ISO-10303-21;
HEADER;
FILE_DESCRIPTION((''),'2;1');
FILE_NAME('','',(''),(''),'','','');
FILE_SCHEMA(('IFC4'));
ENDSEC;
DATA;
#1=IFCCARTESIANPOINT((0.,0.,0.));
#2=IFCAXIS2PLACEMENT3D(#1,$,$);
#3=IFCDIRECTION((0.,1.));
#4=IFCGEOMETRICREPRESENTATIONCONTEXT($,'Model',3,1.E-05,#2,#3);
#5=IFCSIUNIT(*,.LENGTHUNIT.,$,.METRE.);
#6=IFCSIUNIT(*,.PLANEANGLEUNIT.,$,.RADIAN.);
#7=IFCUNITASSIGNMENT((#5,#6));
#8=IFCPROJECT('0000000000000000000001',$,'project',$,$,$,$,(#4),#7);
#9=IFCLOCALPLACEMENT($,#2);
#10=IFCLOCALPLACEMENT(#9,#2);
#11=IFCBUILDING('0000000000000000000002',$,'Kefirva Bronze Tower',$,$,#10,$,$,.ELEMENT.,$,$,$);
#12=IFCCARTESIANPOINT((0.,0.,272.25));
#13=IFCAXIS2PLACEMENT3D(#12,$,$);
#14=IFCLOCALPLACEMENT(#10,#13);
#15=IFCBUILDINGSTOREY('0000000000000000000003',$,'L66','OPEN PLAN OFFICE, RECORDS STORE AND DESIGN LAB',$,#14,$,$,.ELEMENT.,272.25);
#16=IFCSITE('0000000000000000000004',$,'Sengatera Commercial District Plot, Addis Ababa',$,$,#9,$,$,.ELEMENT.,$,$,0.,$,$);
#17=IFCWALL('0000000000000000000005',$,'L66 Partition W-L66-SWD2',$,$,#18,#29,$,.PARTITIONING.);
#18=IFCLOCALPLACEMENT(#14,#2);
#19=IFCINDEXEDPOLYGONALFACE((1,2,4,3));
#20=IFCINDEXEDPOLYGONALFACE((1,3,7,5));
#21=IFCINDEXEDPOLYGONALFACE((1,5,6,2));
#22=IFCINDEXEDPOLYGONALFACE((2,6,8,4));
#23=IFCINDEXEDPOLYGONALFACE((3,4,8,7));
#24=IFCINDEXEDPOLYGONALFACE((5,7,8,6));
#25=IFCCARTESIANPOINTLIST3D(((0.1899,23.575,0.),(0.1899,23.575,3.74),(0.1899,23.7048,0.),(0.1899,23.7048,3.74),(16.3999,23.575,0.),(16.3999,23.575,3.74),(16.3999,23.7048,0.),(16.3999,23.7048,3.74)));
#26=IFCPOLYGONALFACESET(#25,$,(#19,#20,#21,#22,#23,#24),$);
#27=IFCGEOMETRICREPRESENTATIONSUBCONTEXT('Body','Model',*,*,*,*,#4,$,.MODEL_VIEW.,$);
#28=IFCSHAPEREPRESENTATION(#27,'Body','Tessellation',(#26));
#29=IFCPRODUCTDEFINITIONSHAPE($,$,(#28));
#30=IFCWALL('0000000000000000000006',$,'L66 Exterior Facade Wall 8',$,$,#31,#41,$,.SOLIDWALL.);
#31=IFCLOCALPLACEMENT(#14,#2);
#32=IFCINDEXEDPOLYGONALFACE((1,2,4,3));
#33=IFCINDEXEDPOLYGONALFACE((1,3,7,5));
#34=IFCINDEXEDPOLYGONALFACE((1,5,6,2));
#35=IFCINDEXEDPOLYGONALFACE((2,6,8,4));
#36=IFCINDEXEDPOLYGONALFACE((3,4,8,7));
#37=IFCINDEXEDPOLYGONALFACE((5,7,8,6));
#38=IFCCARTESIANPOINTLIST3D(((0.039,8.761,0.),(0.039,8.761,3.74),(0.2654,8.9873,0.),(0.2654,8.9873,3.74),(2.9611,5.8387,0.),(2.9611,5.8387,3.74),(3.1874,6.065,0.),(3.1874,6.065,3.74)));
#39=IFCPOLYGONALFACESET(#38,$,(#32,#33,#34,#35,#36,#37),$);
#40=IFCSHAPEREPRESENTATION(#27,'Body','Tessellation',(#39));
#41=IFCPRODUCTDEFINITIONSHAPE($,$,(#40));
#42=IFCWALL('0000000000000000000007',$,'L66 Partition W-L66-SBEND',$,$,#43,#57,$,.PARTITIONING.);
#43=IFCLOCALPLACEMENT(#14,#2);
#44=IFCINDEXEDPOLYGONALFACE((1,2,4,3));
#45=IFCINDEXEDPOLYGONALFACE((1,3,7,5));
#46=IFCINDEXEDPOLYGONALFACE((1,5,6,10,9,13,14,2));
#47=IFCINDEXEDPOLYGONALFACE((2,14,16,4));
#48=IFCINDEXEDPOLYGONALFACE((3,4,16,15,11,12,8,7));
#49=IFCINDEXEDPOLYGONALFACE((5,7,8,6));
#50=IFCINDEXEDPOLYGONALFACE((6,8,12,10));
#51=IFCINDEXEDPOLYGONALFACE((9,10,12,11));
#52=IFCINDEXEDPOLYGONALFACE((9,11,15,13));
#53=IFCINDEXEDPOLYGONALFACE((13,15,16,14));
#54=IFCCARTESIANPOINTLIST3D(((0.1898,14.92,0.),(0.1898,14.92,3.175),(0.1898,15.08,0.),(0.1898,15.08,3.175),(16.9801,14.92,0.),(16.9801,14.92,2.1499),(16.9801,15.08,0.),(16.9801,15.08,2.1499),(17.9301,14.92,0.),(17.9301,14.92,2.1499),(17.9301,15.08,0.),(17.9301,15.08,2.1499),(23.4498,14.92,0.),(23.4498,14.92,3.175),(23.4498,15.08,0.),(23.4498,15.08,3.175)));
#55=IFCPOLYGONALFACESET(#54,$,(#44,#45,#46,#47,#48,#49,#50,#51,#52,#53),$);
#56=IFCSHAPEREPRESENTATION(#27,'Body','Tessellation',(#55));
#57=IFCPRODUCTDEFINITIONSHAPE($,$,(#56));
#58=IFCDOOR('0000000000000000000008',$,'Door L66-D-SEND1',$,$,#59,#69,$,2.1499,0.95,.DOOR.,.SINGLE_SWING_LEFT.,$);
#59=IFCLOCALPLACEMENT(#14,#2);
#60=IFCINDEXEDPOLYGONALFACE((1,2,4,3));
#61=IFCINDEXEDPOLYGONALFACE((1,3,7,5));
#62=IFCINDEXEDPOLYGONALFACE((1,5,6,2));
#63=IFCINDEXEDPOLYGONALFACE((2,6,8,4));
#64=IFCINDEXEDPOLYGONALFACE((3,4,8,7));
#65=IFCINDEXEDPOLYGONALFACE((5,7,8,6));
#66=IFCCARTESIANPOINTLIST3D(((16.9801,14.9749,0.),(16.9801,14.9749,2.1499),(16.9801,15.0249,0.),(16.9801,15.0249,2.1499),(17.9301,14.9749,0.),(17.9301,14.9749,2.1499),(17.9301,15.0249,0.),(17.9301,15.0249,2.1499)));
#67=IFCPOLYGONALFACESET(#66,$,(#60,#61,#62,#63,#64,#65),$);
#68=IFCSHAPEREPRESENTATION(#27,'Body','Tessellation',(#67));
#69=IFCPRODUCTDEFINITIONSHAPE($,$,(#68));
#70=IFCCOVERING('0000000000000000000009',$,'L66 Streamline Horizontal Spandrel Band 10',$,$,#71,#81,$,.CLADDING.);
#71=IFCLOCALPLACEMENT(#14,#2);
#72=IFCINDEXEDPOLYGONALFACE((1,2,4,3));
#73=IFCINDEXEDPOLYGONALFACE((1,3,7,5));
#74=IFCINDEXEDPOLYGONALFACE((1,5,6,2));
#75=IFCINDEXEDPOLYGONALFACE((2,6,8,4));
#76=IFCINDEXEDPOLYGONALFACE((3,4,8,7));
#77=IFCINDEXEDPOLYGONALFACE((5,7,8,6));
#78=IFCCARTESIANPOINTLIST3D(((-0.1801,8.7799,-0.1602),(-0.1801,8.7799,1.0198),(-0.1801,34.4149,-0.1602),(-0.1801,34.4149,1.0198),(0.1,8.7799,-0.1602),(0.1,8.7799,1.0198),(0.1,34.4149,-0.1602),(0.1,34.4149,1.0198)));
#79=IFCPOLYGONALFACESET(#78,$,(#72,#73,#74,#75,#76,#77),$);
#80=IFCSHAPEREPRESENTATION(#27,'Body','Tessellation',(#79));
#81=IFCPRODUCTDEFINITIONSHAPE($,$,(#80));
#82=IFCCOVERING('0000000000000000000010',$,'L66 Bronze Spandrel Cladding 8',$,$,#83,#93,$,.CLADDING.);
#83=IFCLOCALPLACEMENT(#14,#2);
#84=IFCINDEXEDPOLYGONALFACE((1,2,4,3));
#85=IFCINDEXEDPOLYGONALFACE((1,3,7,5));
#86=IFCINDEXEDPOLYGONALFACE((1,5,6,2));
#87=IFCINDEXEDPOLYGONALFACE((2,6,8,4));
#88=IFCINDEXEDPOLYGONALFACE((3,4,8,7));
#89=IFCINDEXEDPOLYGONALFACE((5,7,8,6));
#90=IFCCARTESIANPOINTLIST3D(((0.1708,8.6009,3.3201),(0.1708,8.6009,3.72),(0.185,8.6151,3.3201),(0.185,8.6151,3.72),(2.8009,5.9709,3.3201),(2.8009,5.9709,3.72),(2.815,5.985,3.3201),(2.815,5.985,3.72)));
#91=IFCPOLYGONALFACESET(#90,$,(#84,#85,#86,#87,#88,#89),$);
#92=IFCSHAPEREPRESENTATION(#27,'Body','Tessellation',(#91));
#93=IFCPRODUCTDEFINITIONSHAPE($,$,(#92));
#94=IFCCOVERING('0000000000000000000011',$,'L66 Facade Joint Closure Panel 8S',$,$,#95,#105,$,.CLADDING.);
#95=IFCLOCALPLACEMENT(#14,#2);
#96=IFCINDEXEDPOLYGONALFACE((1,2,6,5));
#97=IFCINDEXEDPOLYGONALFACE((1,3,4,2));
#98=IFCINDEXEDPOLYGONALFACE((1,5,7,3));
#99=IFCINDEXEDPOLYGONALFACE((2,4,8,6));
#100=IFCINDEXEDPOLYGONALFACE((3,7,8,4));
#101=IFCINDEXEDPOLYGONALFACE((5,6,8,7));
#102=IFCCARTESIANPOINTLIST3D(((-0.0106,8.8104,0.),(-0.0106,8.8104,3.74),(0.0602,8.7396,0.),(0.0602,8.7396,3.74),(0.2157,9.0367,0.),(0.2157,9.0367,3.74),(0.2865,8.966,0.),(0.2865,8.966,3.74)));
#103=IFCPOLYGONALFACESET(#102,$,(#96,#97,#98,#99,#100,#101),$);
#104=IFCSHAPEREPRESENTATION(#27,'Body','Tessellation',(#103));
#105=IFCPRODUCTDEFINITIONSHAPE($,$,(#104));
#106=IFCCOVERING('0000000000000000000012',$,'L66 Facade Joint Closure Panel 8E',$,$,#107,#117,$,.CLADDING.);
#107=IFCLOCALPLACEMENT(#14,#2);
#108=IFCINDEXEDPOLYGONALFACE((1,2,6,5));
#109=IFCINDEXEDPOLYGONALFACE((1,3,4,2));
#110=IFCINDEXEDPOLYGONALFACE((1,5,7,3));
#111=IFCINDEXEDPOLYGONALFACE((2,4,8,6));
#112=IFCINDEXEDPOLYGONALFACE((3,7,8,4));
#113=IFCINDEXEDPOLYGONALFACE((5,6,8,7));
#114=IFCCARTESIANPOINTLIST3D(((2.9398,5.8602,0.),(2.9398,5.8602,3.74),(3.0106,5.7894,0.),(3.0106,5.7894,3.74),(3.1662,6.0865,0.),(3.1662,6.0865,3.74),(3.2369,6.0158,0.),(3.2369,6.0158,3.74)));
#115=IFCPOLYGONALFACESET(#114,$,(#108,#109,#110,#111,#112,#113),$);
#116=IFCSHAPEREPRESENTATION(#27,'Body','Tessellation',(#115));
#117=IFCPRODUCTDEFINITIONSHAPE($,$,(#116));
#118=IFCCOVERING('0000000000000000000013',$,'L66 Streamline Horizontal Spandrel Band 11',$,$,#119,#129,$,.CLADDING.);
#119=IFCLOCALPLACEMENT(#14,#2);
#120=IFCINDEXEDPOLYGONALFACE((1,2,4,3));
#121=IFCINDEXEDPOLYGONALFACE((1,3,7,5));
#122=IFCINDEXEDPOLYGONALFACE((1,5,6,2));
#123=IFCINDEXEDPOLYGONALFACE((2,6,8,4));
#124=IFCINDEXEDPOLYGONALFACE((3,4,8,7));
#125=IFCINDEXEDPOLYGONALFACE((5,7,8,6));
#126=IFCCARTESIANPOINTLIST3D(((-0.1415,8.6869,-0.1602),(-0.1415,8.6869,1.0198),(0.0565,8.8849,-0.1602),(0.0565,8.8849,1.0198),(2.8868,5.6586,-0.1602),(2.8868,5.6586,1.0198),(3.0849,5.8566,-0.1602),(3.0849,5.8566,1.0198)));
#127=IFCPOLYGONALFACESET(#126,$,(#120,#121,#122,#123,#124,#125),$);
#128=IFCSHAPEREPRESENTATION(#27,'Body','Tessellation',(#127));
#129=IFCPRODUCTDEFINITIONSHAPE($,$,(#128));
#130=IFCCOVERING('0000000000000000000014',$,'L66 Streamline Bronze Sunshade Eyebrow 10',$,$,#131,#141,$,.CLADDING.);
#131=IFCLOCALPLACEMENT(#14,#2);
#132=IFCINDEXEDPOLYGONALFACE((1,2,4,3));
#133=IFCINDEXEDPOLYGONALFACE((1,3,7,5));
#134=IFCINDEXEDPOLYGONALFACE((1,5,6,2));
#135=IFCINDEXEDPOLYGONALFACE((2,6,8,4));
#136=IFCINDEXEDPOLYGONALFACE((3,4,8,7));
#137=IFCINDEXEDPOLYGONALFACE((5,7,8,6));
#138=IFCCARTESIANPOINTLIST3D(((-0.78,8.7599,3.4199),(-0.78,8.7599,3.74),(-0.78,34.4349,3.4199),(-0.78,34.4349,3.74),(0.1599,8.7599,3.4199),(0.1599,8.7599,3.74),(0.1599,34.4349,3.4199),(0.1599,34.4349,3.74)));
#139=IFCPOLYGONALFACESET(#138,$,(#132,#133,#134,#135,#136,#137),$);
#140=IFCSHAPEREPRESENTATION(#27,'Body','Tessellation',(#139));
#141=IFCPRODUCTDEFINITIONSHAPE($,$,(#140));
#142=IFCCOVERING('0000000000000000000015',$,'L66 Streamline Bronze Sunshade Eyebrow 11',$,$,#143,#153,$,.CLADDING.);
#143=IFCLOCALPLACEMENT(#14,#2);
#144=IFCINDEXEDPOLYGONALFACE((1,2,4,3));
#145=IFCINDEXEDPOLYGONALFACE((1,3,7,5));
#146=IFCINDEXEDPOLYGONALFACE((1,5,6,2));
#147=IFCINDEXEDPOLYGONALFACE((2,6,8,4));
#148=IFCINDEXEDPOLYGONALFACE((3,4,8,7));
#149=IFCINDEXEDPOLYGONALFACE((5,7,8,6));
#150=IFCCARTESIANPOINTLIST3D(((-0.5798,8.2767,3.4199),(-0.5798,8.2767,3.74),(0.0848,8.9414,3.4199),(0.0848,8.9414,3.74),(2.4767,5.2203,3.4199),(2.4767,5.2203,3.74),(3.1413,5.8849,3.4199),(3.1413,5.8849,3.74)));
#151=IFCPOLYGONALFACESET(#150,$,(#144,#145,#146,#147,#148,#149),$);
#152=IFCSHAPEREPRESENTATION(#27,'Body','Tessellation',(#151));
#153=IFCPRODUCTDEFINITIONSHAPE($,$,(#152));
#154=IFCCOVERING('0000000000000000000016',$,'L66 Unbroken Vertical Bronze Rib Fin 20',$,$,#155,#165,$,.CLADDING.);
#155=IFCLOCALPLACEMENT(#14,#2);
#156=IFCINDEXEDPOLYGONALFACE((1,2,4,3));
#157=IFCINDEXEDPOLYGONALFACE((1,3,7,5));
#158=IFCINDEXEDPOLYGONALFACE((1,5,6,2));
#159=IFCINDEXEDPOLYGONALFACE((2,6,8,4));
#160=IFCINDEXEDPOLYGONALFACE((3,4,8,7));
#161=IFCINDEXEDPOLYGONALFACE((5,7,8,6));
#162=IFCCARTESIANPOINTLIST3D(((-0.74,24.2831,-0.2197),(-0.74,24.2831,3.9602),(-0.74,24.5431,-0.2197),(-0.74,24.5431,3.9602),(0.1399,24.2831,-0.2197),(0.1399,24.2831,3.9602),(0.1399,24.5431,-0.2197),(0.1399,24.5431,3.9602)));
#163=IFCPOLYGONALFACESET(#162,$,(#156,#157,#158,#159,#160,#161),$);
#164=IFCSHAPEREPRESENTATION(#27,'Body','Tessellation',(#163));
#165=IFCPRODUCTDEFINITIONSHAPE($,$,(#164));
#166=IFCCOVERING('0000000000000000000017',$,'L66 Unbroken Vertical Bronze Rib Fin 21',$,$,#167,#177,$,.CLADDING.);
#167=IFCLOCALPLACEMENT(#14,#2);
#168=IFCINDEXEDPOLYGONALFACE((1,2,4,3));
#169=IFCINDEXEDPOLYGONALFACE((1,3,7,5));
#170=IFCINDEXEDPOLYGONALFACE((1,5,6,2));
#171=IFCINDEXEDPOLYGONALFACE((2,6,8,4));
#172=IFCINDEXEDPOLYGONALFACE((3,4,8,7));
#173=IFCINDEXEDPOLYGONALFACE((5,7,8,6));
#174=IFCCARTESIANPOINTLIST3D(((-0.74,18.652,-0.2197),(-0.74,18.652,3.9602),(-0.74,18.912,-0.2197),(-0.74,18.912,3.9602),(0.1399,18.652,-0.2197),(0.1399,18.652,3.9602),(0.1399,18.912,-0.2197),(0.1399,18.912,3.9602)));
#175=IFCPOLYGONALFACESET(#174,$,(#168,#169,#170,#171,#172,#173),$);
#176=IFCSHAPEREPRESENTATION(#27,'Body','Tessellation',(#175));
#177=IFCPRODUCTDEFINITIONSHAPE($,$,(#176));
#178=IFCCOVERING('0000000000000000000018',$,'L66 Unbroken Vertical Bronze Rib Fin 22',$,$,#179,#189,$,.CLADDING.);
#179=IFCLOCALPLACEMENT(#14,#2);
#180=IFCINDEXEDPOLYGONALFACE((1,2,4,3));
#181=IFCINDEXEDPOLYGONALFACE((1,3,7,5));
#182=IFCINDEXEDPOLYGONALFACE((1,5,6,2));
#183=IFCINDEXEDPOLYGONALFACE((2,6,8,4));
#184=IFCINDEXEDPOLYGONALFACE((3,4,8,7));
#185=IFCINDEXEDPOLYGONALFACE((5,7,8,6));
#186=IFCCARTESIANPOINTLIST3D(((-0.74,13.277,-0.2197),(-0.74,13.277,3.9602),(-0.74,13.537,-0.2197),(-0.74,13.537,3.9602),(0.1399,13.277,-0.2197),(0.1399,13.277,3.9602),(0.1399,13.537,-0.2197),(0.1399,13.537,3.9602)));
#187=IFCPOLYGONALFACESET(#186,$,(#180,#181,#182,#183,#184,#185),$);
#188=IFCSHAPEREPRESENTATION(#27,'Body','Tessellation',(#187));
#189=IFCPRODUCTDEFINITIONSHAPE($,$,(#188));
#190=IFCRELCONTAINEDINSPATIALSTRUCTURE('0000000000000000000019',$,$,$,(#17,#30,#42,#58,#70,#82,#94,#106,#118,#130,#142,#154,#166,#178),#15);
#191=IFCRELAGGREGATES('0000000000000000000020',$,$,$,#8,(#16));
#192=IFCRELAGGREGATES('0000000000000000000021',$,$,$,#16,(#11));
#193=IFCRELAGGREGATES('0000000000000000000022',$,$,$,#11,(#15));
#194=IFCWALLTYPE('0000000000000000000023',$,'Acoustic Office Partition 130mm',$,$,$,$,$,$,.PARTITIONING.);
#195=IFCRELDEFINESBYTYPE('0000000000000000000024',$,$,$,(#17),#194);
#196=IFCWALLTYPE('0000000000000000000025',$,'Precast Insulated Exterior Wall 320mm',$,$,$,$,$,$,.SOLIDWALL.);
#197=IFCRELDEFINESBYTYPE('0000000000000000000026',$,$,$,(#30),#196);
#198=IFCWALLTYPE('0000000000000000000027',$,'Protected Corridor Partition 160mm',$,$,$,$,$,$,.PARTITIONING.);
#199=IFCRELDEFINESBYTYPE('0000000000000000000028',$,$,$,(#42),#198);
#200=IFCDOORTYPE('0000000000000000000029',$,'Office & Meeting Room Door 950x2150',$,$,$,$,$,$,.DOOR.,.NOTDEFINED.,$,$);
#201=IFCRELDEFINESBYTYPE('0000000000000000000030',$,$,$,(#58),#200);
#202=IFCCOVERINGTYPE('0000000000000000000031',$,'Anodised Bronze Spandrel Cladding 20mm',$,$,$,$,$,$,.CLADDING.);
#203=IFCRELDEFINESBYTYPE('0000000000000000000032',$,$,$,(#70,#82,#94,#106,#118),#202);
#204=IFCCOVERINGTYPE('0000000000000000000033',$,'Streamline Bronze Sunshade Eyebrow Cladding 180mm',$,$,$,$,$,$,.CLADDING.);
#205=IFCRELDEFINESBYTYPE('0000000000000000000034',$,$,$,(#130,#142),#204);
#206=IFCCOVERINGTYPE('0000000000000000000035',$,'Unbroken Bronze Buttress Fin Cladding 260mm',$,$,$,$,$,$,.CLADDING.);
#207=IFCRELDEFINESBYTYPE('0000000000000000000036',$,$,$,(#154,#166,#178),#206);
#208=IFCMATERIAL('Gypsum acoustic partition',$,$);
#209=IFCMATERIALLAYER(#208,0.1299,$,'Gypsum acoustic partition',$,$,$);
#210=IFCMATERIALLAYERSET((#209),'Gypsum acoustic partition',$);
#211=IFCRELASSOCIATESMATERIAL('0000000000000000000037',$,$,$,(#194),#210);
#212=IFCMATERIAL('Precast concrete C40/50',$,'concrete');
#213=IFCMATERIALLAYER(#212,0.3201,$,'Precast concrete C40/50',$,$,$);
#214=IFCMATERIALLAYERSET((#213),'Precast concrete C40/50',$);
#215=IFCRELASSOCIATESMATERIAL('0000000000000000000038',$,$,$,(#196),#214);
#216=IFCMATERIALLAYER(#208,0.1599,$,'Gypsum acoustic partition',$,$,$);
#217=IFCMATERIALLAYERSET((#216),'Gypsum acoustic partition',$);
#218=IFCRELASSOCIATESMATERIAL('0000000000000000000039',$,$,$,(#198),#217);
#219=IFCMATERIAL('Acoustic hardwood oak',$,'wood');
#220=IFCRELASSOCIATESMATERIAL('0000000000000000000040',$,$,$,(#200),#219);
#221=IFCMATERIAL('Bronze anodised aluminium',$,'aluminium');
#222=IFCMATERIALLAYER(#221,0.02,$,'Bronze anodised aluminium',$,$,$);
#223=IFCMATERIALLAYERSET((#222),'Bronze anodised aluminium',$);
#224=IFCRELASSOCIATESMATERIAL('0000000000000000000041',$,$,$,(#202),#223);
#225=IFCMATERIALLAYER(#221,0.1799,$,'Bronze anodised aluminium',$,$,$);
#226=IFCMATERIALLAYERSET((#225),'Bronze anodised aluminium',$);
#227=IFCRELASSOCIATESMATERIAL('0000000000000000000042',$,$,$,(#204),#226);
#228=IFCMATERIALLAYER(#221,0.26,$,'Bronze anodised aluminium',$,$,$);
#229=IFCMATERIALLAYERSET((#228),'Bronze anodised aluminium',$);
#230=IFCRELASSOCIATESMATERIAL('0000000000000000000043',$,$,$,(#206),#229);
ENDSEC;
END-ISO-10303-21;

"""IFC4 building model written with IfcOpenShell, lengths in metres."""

from ifc_helpers import new_model, si_unit, direction, frame, frame_2d, origin, origin_2d, place, context, subcontext, project, spatial, rectangle, extrude, material, layer, layer_set, type_object, element, fill, save


model = new_model("IFC4")

# Units and contexts
model_context = context("Model", 3, precision=1e-05, world=origin(), true_north=direction((0.0, 1.0)))
body_context = subcontext(model_context, "Body", "Model", "MODEL_VIEW")
ifc_project = project(units=[si_unit("LENGTHUNIT", "METRE"), si_unit("PLANEANGLEUNIT", "RADIAN")], contexts=[model_context])

# Site, building, storey
site_placement = place(None, origin())
site = spatial("IfcSite", under=ifc_project, at=site_placement, Name="Sengatera Commercial District Plot, Addis Ababa", CompositionType="ELEMENT", RefElevation=0.0)
building_placement = place(site_placement, origin())
building = spatial("IfcBuilding", under=site, at=building_placement, Name="Kefirva Bronze Tower", CompositionType="ELEMENT")
storey_placement = place(building_placement, frame((0.0, 0.0, 272.25)))
storey = spatial("IfcBuildingStorey", under=building, at=storey_placement, Name="L66", Description="OPEN PLAN OFFICE, RECORDS STORE AND DESIGN LAB", CompositionType="ELEMENT", Elevation=272.25)

# Shared definitions
ifc_material_1 = material(Name="Bronze anodised aluminium", Category="aluminium")

# Walls
ifc_material_2 = material(Name="Gypsum acoustic partition")
ifc_layer_1 = layer(ifc_material_2, 0.1299, Name="Gypsum acoustic partition")
ifc_layer_set_1 = layer_set([ifc_layer_1], Name="Gypsum acoustic partition")
wall_type_1 = type_object("IfcWallType", Name="Acoustic Office Partition 130mm", PredefinedType="PARTITIONING", material=ifc_layer_set_1)
for number, where, z_axis, x_axis, name in (
    (1, (0.1899, 23.6399, 0.0), (0.0, 0.0, 1.0), (1.0, 0.0, 0.0), "L66 Partition W-L66-SWD2"),
):
    element("IfcWall", number, at=place(storey_placement, frame(where, z_axis=z_axis, x_axis=x_axis)), inside=storey, type_object=wall_type_1, Name=name, PredefinedType="PARTITIONING", context=body_context, shape_type="SweptSolid", body=[
        extrude(rectangle(XDim=16.21, YDim=0.1299, at=frame_2d((8.105, 0.0))), origin(), (0.0, 0.0, 1.0), 3.74),
    ])
ifc_material_3 = material(Name="Precast concrete C40/50", Category="concrete")
ifc_layer_2 = layer(ifc_material_3, 0.3201, Name="Precast concrete C40/50")
ifc_layer_set_2 = layer_set([ifc_layer_2], Name="Precast concrete C40/50")
wall_type_2 = type_object("IfcWallType", Name="Precast Insulated Exterior Wall 320mm", PredefinedType="SOLIDWALL", material=ifc_layer_set_2)
wall_1_placement = place(storey_placement, frame((0.1521, 8.8743, 0.0), z_axis=(0.0, 0.0, 1.0), x_axis=(0.707077, -0.707136, 0.0)))
element("IfcWall", 2, at=wall_1_placement, inside=storey, type_object=wall_type_2, Name="L66 Exterior Facade Wall 8", PredefinedType="SOLIDWALL", context=body_context, shape_type="SweptSolid", body=[
    extrude(rectangle(XDim=4.1326, YDim=0.3201, at=frame_2d((2.0664, 0.0))), origin(), (0.0, 0.0, 1.0), 3.74),
])

# Wall, opening, door
ifc_layer_3 = layer(ifc_material_2, 0.1599, Name="Gypsum acoustic partition")
ifc_layer_set_3 = layer_set([ifc_layer_3], Name="Gypsum acoustic partition")
wall_type_3 = type_object("IfcWallType", Name="Protected Corridor Partition 160mm", PredefinedType="PARTITIONING", material=ifc_layer_set_3)
wall_2_placement = place(storey_placement, frame((0.1899, 15.0, 0.0), z_axis=(0.0, 0.0, 1.0), x_axis=(1.0, 0.0, 0.0)))
wall_2 = element("IfcWall", 3, at=wall_2_placement, inside=storey, type_object=wall_type_3, Name="L66 Partition W-L66-SBEND", PredefinedType="PARTITIONING", context=body_context, shape_type="SweptSolid", body=[
    extrude(rectangle(XDim=23.26, YDim=0.1599, at=frame_2d((11.6299, 0.0))), origin(), (0.0, 0.0, 1.0), 3.175),
])
opening_placement = place(wall_2_placement, frame((16.79, 0.0, 0.0)))
opening = element("IfcOpeningElement", 4, at=opening_placement, cuts=wall_2, PredefinedType="OPENING", context=body_context, shape_type="SweptSolid", body=[
    extrude(rectangle(XDim=0.95, YDim=2.1499, at=frame_2d((0.4751, 1.075))), frame((0.0, 0.0898, 0.0), z_axis=(0.0, -1.0, 0.0), x_axis=(1.0, 0.0, 0.0)), (0.0, 0.0, 1.0), 0.1799),
])
ifc_material_4 = material(Name="Acoustic hardwood oak", Category="wood")
door_type = type_object("IfcDoorType", Name="Office & Meeting Room Door 950x2150", OperationType="NOTDEFINED", PredefinedType="DOOR", material=ifc_material_4)
door_placement = place(opening_placement, origin())
door = element("IfcDoor", 5, at=door_placement, inside=storey, type_object=door_type, Name="Door L66-D-SEND1", OperationType="SINGLE_SWING_LEFT", OverallHeight=2.1499, OverallWidth=0.95, PredefinedType="DOOR", context=body_context, shape_type="SweptSolid", body=[
    extrude(rectangle(XDim=0.95, YDim=2.1499, at=frame_2d((0.4751, 1.075))), frame((0.0, 0.0249, 0.0), z_axis=(0.0, -1.0, 0.0), x_axis=(1.0, 0.0, 0.0)), (0.0, 0.0, 1.0), 0.05),
])
fill(opening, door)

# Coverings
ifc_layer_4 = layer(ifc_material_1, 0.02, Name="Bronze anodised aluminium")
ifc_layer_set_4 = layer_set([ifc_layer_4], Name="Bronze anodised aluminium")
covering_type_1 = type_object("IfcCoveringType", Name="Anodised Bronze Spandrel Cladding 20mm", PredefinedType="CLADDING", material=ifc_layer_set_4)
covering_1_placement = place(storey_placement, frame((-0.04, 21.5974, -0.1602), z_axis=(0.0, 0.0, 1.0), x_axis=(0.0, -1.0, 0.0)))
element("IfcCovering", 6, at=covering_1_placement, inside=storey, type_object=covering_type_1, Name="L66 Streamline Horizontal Spandrel Band 10", PredefinedType="CLADDING", context=body_context, shape_type="SweptSolid", body=[
    extrude(rectangle(XDim=25.635, YDim=0.28, at=origin_2d()), origin(), (0.0, 0.0, 1.0), 1.1799),
])
covering_2_placement = place(storey_placement, frame((1.4929, 7.293, 3.3201), z_axis=(0.0, 0.0, 1.0), x_axis=(0.707107, -0.707107, 0.0)))
element("IfcCovering", 7, at=covering_2_placement, inside=storey, type_object=covering_type_1, Name="L66 Bronze Spandrel Cladding 8", PredefinedType="CLADDING", context=body_context, shape_type="SweptSolid", body=[
    extrude(rectangle(XDim=3.7195, YDim=0.02, at=origin_2d()), origin(), (0.0, 0.0, 1.0), 0.3999),
])
for number, where, z_axis, x_axis, name in (
    (8, (0.1379, 8.8882, 0.0), (0.0, 0.0, 1.0), (0.707107, -0.707107, 0.0), "L66 Facade Joint Closure Panel 8S"),
    (9, (3.0884, 5.938, 0.0), (0.0, 0.0, 1.0), (0.707107, -0.707107, 0.0), "L66 Facade Joint Closure Panel 8E"),
):
    element("IfcCovering", number, at=place(storey_placement, frame(where, z_axis=z_axis, x_axis=x_axis)), inside=storey, type_object=covering_type_1, Name=name, PredefinedType="CLADDING", context=body_context, shape_type="SweptSolid", body=[
        extrude(rectangle(XDim=0.1001, YDim=0.3201, at=origin_2d()), origin(), (0.0, 0.0, 1.0), 3.74),
    ])
covering_3_placement = place(storey_placement, frame((1.4717, 7.2717, -0.1602), z_axis=(0.0, 0.0, 1.0), x_axis=(0.707107, -0.707107, 0.0)))
element("IfcCovering", 10, at=covering_3_placement, inside=storey, type_object=covering_type_1, Name="L66 Streamline Horizontal Spandrel Band 11", PredefinedType="CLADDING", context=body_context, shape_type="SweptSolid", body=[
    extrude(rectangle(XDim=4.2827, YDim=0.28, at=origin_2d()), origin(), (0.0, 0.0, 1.0), 1.1799),
])
ifc_layer_5 = layer(ifc_material_1, 0.1799, Name="Bronze anodised aluminium")
ifc_layer_set_5 = layer_set([ifc_layer_5], Name="Bronze anodised aluminium")
covering_type_2 = type_object("IfcCoveringType", Name="Streamline Bronze Sunshade Eyebrow Cladding 180mm", PredefinedType="CLADDING", material=ifc_layer_set_5)
covering_4_placement = place(storey_placement, frame((-0.3101, 21.5974, 3.4199), z_axis=(0.0, 0.0, 1.0), x_axis=(0.0, -1.0, 0.0)))
element("IfcCovering", 11, at=covering_4_placement, inside=storey, type_object=covering_type_2, Name="L66 Streamline Bronze Sunshade Eyebrow 10", PredefinedType="CLADDING", context=body_context, shape_type="SweptSolid", body=[
    extrude(rectangle(XDim=25.675, YDim=0.9399, at=origin_2d()), origin(), (0.0, 0.0, 1.0), 0.3201),
])
covering_5_placement = place(storey_placement, frame((1.2808, 7.0808, 3.4199), z_axis=(0.0, 0.0, 1.0), x_axis=(0.707107, -0.707107, 0.0)))
element("IfcCovering", 12, at=covering_5_placement, inside=storey, type_object=covering_type_2, Name="L66 Streamline Bronze Sunshade Eyebrow 11", PredefinedType="CLADDING", context=body_context, shape_type="SweptSolid", body=[
    extrude(rectangle(XDim=4.3225, YDim=0.9399, at=origin_2d()), origin(), (0.0, 0.0, 1.0), 0.3201),
])
ifc_layer_6 = layer(ifc_material_1, 0.26, Name="Bronze anodised aluminium")
ifc_layer_set_6 = layer_set([ifc_layer_6], Name="Bronze anodised aluminium")
covering_type_3 = type_object("IfcCoveringType", Name="Unbroken Bronze Buttress Fin Cladding 260mm", PredefinedType="CLADDING", material=ifc_layer_set_6)
for number, where, z_axis, x_axis, name in (
    (13, (-0.3, 24.4131, -0.2197), (0.0, 0.0, 1.0), (0.0, -1.0, 0.0), "L66 Unbroken Vertical Bronze Rib Fin 20"),
    (14, (-0.3, 18.782, -0.2197), (0.0, 0.0, 1.0), (0.0, -1.0, 0.0), "L66 Unbroken Vertical Bronze Rib Fin 21"),
    (15, (-0.3, 13.407, -0.2197), (0.0, 0.0, 1.0), (0.0, -1.0, 0.0), "L66 Unbroken Vertical Bronze Rib Fin 22"),
):
    element("IfcCovering", number, at=place(storey_placement, frame(where, z_axis=z_axis, x_axis=x_axis)), inside=storey, type_object=covering_type_3, Name=name, PredefinedType="CLADDING", context=body_context, shape_type="SweptSolid", body=[
        extrude(rectangle(XDim=0.26, YDim=0.8799, at=origin_2d()), origin(), (0.0, 0.0, 1.0), 4.1799),
    ])

save(model, "model.ifc")
